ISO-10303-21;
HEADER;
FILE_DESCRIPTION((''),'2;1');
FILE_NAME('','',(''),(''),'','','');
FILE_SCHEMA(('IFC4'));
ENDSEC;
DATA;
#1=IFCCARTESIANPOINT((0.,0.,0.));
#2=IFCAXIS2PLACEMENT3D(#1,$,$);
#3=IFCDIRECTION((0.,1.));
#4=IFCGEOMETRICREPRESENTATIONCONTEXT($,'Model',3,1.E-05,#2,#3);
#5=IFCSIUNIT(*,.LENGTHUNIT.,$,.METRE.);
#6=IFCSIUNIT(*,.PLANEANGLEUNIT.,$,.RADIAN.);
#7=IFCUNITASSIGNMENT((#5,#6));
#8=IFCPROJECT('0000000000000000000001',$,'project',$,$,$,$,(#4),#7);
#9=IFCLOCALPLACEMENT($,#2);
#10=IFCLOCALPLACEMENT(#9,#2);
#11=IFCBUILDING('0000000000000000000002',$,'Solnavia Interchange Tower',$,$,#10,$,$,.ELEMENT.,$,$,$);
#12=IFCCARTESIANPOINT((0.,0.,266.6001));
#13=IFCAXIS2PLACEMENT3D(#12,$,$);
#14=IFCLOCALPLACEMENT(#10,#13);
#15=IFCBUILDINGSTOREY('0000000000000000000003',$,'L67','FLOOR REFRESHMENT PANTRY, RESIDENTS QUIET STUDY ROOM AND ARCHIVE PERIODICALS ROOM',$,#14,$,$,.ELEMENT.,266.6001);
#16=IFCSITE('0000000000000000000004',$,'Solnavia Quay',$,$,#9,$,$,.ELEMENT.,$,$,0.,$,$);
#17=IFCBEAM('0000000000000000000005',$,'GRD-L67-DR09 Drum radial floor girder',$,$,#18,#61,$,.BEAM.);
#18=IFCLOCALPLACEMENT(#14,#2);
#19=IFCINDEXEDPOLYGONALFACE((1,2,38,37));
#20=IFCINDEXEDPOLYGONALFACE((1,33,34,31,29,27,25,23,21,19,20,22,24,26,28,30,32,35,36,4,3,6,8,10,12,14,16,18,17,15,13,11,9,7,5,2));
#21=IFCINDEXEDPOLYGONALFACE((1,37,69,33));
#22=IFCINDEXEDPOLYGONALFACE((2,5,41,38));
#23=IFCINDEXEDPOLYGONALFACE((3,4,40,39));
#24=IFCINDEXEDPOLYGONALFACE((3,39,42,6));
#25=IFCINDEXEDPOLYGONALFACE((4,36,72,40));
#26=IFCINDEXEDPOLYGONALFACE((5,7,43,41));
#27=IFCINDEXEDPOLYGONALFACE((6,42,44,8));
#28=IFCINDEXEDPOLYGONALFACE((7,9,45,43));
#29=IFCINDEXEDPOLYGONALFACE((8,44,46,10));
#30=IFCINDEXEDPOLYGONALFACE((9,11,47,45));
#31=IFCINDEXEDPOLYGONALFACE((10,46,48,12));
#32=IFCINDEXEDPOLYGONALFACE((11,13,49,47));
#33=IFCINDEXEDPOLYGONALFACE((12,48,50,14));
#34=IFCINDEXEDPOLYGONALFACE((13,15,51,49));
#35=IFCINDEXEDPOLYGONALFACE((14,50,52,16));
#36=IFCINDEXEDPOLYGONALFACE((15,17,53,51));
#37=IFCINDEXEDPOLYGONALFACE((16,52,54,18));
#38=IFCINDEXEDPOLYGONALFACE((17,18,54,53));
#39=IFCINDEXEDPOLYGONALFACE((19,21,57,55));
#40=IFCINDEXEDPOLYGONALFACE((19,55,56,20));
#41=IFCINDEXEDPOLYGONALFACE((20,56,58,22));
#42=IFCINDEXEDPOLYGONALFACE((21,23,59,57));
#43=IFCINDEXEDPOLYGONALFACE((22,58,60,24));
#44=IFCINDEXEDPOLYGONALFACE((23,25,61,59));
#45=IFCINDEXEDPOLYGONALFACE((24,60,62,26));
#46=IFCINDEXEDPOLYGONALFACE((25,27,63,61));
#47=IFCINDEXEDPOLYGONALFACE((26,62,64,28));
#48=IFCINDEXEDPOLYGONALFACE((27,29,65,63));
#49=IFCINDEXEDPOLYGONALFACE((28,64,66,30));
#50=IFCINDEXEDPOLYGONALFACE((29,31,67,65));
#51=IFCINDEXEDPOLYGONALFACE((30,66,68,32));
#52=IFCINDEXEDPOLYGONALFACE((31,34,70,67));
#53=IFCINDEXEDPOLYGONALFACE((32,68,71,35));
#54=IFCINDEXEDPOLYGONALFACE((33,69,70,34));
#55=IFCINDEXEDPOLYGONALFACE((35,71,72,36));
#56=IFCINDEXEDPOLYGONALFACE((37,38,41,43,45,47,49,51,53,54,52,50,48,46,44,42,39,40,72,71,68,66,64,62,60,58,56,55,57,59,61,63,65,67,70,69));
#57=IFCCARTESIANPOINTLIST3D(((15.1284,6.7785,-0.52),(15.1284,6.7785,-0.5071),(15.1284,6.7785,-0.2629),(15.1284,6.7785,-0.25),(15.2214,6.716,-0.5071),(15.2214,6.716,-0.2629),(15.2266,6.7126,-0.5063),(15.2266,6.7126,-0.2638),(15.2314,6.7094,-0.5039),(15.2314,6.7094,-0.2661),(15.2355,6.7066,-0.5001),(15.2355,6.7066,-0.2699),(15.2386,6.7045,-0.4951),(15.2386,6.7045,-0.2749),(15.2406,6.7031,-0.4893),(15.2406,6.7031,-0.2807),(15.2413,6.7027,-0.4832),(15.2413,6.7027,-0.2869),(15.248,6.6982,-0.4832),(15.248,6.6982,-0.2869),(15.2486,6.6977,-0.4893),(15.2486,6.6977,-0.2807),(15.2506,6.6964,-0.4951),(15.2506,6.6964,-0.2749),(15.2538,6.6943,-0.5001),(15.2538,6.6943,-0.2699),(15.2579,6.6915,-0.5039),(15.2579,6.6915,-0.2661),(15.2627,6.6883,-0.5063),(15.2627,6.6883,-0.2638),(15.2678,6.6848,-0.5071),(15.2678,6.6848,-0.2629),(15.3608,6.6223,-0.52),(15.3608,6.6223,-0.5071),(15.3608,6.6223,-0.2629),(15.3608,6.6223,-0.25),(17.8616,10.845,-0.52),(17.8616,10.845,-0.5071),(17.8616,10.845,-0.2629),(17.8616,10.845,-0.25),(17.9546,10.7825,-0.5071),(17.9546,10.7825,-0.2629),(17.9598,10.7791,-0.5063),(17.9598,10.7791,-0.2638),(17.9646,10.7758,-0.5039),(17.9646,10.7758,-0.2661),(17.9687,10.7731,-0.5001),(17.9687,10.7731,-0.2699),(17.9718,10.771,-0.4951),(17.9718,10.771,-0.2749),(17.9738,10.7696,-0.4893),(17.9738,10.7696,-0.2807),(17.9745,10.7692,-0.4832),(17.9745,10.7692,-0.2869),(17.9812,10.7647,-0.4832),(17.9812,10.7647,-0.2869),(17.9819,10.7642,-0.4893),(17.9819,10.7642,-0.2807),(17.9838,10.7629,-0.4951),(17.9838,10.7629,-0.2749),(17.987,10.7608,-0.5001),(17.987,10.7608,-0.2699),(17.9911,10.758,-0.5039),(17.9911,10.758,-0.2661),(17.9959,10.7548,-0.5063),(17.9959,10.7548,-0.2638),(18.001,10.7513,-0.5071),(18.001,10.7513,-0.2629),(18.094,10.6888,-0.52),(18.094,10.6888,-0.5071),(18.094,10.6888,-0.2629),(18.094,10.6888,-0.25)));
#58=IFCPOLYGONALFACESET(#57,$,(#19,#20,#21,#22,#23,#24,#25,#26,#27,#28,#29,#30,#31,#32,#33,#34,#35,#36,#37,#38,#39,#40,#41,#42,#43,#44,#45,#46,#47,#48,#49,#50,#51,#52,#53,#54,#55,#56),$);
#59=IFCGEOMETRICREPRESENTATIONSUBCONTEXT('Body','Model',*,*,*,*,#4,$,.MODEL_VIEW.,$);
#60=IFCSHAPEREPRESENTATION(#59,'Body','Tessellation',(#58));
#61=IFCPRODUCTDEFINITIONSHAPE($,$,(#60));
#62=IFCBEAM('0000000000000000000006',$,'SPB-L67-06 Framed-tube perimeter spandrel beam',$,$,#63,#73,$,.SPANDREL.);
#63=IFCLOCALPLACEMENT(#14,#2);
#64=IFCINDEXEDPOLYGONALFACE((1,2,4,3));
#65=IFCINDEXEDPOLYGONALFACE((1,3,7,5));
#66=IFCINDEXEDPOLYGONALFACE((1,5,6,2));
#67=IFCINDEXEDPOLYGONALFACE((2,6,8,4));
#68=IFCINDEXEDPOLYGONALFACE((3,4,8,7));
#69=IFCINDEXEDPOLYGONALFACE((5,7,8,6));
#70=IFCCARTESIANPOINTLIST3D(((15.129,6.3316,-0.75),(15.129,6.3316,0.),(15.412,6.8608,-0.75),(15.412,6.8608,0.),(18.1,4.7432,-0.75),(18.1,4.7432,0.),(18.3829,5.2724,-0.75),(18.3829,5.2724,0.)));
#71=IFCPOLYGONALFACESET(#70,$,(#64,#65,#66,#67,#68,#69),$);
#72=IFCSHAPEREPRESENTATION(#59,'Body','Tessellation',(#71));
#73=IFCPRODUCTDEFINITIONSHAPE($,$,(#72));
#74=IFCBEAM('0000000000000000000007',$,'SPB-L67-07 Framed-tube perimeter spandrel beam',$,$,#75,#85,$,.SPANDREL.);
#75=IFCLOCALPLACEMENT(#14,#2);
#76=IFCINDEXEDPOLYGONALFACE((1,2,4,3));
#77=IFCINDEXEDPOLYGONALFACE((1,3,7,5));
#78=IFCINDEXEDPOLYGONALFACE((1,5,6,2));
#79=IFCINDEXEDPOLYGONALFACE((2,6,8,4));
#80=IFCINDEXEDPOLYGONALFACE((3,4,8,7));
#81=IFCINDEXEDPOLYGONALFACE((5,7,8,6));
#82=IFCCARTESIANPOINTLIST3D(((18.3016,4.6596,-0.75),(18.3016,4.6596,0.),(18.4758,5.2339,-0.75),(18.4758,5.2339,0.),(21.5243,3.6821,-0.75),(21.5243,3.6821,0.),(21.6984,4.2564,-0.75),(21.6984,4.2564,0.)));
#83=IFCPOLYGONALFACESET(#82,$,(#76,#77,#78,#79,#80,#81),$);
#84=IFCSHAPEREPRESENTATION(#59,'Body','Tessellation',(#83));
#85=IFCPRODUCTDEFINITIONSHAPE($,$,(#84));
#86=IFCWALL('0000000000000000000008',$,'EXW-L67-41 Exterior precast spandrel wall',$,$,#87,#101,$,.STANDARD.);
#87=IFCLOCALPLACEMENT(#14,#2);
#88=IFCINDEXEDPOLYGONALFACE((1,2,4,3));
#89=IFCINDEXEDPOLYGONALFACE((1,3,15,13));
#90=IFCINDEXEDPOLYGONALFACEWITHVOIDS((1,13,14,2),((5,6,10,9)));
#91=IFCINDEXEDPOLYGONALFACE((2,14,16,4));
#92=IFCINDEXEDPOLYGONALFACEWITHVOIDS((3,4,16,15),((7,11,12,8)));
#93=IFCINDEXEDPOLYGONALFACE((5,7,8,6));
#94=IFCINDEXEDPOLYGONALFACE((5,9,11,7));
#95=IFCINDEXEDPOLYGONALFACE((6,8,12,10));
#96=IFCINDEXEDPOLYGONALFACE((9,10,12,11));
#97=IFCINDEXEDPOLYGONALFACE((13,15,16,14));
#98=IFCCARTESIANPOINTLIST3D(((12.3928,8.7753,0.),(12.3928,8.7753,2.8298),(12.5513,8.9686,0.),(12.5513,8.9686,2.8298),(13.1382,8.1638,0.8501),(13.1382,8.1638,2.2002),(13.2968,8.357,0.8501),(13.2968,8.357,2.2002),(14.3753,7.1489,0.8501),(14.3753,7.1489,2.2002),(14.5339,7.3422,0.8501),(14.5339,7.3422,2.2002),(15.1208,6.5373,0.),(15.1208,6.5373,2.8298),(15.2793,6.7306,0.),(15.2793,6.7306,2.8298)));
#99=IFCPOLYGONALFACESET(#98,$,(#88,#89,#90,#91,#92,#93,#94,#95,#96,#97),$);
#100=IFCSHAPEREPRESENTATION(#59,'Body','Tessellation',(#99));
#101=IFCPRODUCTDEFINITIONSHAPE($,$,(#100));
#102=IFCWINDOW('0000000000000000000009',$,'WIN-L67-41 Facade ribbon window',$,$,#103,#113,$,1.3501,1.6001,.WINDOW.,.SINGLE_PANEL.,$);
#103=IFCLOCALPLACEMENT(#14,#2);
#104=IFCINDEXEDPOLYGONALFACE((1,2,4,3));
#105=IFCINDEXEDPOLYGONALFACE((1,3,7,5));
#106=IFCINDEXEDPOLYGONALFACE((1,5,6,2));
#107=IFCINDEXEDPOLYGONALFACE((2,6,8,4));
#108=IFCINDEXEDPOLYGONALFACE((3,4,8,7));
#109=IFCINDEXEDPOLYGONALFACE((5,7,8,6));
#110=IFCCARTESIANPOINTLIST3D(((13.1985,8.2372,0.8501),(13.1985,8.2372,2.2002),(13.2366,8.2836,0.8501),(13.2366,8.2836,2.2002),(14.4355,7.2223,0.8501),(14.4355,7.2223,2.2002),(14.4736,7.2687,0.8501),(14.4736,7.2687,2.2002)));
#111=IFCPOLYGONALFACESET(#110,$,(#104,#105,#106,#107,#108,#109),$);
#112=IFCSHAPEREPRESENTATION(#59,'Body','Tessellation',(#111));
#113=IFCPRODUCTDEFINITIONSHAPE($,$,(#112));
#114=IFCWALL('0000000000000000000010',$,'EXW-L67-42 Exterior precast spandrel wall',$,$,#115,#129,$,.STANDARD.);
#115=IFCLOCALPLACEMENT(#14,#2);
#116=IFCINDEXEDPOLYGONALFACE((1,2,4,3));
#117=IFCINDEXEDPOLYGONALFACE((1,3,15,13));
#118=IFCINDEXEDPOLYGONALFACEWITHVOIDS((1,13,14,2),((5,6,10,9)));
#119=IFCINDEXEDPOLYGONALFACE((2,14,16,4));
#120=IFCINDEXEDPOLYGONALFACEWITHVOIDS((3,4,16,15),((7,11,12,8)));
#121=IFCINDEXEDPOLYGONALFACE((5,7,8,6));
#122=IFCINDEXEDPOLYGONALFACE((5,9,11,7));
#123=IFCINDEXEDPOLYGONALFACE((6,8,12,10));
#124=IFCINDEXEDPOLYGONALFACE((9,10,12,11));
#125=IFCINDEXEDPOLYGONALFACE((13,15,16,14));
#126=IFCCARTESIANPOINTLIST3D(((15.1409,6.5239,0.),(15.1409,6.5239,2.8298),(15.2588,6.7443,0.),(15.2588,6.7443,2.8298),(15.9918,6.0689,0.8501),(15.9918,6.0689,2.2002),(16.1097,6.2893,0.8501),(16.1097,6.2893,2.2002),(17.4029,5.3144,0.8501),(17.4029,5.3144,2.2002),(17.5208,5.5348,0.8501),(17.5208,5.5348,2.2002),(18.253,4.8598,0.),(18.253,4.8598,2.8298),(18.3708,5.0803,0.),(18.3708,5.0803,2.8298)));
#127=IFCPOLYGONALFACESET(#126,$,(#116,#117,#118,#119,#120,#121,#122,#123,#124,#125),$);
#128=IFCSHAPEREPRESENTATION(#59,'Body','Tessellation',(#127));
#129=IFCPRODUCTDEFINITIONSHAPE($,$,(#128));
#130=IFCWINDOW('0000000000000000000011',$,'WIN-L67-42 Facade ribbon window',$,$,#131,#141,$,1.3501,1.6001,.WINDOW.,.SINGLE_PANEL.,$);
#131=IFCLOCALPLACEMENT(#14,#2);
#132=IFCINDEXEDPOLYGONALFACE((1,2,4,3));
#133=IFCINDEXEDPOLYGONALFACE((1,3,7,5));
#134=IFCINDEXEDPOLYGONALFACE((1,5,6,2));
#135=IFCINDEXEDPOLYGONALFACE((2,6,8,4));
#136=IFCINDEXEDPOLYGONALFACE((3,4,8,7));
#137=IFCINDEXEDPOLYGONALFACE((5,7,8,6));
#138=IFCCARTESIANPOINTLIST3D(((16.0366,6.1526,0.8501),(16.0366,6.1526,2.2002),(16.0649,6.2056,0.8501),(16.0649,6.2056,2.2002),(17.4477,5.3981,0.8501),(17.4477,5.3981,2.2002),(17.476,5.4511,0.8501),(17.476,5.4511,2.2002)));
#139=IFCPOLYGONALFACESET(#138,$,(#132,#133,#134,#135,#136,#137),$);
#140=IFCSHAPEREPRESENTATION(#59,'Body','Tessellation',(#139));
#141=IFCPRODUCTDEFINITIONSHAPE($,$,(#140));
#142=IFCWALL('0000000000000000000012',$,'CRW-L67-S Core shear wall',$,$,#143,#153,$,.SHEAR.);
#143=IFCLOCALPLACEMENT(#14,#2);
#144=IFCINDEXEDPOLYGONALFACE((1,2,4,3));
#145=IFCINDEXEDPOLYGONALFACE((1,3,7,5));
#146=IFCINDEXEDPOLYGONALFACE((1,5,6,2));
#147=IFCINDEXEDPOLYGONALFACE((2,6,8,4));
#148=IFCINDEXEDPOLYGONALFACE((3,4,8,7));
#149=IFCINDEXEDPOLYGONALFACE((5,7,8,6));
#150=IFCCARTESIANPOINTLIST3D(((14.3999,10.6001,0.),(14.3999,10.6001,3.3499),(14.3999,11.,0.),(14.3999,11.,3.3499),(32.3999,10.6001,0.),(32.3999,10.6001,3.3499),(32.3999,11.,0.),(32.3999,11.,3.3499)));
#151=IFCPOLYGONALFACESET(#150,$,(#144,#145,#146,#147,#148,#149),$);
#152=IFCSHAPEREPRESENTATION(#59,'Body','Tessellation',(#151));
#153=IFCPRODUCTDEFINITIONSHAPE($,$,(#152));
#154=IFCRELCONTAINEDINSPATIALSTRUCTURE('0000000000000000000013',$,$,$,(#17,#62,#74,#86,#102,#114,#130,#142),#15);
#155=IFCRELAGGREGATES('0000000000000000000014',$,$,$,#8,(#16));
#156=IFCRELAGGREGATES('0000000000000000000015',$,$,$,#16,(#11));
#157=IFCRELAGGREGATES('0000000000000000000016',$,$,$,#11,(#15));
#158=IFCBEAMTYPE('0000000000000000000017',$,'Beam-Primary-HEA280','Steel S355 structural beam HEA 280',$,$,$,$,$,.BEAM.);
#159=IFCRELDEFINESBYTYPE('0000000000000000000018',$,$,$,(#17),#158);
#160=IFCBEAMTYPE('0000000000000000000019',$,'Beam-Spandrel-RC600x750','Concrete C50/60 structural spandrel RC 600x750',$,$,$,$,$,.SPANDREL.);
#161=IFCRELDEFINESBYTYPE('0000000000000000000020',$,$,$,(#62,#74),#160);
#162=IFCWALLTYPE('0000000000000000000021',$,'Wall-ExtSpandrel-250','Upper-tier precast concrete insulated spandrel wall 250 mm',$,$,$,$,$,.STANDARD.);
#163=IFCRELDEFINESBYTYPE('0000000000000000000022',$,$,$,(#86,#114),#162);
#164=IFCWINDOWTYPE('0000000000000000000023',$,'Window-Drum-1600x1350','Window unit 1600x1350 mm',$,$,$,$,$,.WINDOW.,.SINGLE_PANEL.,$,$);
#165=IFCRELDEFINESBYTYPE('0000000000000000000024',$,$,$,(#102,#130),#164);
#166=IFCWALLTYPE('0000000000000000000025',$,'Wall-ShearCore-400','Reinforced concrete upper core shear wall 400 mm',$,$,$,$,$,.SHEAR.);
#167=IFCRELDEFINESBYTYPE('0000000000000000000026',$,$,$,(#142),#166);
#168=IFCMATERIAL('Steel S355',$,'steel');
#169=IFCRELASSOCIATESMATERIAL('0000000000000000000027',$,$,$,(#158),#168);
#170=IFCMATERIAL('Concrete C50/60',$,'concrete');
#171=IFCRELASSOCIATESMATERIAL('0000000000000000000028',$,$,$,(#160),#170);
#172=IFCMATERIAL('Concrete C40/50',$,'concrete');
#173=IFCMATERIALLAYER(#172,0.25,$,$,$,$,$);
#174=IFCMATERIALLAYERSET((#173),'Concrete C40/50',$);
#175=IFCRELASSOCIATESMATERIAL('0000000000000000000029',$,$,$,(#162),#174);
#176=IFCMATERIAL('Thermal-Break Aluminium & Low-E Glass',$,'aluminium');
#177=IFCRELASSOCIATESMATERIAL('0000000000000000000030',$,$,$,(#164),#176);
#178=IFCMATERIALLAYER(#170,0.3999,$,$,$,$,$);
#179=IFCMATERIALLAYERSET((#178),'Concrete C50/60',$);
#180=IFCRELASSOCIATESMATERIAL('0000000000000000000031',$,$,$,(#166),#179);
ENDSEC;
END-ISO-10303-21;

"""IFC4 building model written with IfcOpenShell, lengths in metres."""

from ifc_helpers import new_model, si_unit, direction, frame, frame_2d, origin, origin_2d, place, context, subcontext, project, spatial, rectangle, i_section, extrude, material, layer, layer_set, material_profile, profile_set, type_object, element, fill, save


model = new_model("IFC4")

# Units and contexts
model_context = context("Model", 3, precision=1e-05, world=origin(), true_north=direction((0.0, 1.0)))
body_context = subcontext(model_context, "Body", "Model", "MODEL_VIEW")
ifc_project = project(units=[si_unit("LENGTHUNIT", "METRE"), si_unit("PLANEANGLEUNIT", "RADIAN")], contexts=[model_context])

# Site, building, storey
site_placement = place(None, origin())
site = spatial("IfcSite", under=ifc_project, at=site_placement, Name="Solnavia Quay", CompositionType="ELEMENT", RefElevation=0.0)
building_placement = place(site_placement, origin())
building = spatial("IfcBuilding", under=site, at=building_placement, Name="Solnavia Interchange Tower", CompositionType="ELEMENT")
storey_placement = place(building_placement, frame((0.0, 0.0, 266.6001)))
storey = spatial("IfcBuildingStorey", under=building, at=storey_placement, Name="L67", Description="FLOOR REFRESHMENT PANTRY, RESIDENTS QUIET STUDY ROOM AND ARCHIVE PERIODICALS ROOM", CompositionType="ELEMENT", Elevation=266.6001)

# Shared definitions
ifc_material_1 = material(Name="Concrete C50/60", Category="concrete")

# Beams
ifc_material_2 = material(Name="Steel S355", Category="steel")
ifc_material_profile_1 = material_profile(ifc_material_2, i_section(OverallWidth=0.28, OverallDepth=0.27, WebThickness=0.0081, FlangeThickness=0.0129, FilletRadius=0.0239, at=origin_2d()), Name="HEA 280")
ifc_profile_set_1 = profile_set([ifc_material_profile_1], Name="Steel S355")
beam_type_1 = type_object("IfcBeamType", Name="Beam-Primary-HEA280", Description="Steel S355 structural beam HEA 280", PredefinedType="BEAM", material=ifc_profile_set_1)
beam_1_placement = place(storey_placement, frame((15.2446, 6.7004, -0.385), z_axis=(0.557835, 0.829952, 0.0), x_axis=(-0.829952, 0.557835, 0.0)))
element("IfcBeam", 1, at=beam_1_placement, inside=storey, type_object=beam_type_1, Name="GRD-L67-DR09 Drum radial floor girder", PredefinedType="BEAM", context=body_context, shape_type="SweptSolid", body=[
    extrude(i_section(OverallWidth=0.28, OverallDepth=0.27, WebThickness=0.0081, FlangeThickness=0.0129, FilletRadius=0.0239, at=origin_2d()), origin(), (0.0, 0.0, 1.0), 4.8997),
])
ifc_material_profile_2 = material_profile(ifc_material_1, rectangle(XDim=0.6001, YDim=0.75, at=origin_2d()), Name="RC 600x750")
ifc_profile_set_2 = profile_set([ifc_material_profile_2], Name="Concrete C50/60")
beam_type_2 = type_object("IfcBeamType", Name="Beam-Spandrel-RC600x750", Description="Concrete C50/60 structural spandrel RC 600x750", PredefinedType="SPANDREL", material=ifc_profile_set_2)
beam_2_placement = place(storey_placement, frame((15.2705, 6.5962, -0.375), z_axis=(0.881875, -0.471483, 0.0), x_axis=(0.471483, 0.881875, 0.0)))
element("IfcBeam", 2, at=beam_2_placement, inside=storey, type_object=beam_type_2, Name="SPB-L67-06 Framed-tube perimeter spandrel beam", PredefinedType="SPANDREL", context=body_context, shape_type="SweptSolid", body=[
    extrude(rectangle(XDim=0.6001, YDim=0.75, at=origin_2d()), origin(), (0.0, 0.0, 1.0), 3.3689),
])
beam_3_placement = place(storey_placement, frame((18.3887, 4.9468, -0.375), z_axis=(0.956944, -0.290273, 0.0), x_axis=(0.290273, 0.956944, 0.0)))
element("IfcBeam", 3, at=beam_3_placement, inside=storey, type_object=beam_type_2, Name="SPB-L67-07 Framed-tube perimeter spandrel beam", PredefinedType="SPANDREL", context=body_context, shape_type="SweptSolid", body=[
    extrude(rectangle(XDim=0.6001, YDim=0.75, at=origin_2d()), origin(), (0.0, 0.0, 1.0), 3.3677),
])

# Walls, openings, windows
ifc_material_3 = material(Name="Concrete C40/50", Category="concrete")
ifc_layer_1 = layer(ifc_material_3, 0.25)
ifc_layer_set_1 = layer_set([ifc_layer_1], Name="Concrete C40/50")
wall_type_1 = type_object("IfcWallType", Name="Wall-ExtSpandrel-250", Description="Upper-tier precast concrete insulated spandrel wall 250 mm", PredefinedType="STANDARD", material=ifc_layer_set_1)
wall_1_placement = place(storey_placement, frame((15.2, 6.634, 0.0), z_axis=(0.0, 0.0, 1.0), x_axis=(-0.773121, 0.634258, 0.0)))
wall_1 = element("IfcWall", 4, at=wall_1_placement, inside=storey, type_object=wall_type_1, Name="EXW-L67-41 Exterior precast spandrel wall", PredefinedType="STANDARD", context=body_context, shape_type="SweptSolid", body=[
    extrude(rectangle(XDim=3.5286, YDim=0.25, at=frame_2d((1.7642, 0.0))), origin(), (0.0, 0.0, 1.0), 2.8298),
])
opening_1_placement = place(wall_1_placement, frame((0.9641, 0.0, 0.8501)))
opening_1 = element("IfcOpeningElement", 5, at=opening_1_placement, cuts=wall_1, PredefinedType="OPENING", context=body_context, shape_type="SweptSolid", body=[
    extrude(rectangle(XDim=1.6001, YDim=1.3501, at=frame_2d((0.8, 0.675))), frame((0.0, 0.135, 0.0), z_axis=(0.0, -1.0, 0.0), x_axis=(1.0, 0.0, 0.0)), (0.0, 0.0, 1.0), 0.27),
])
ifc_material_4 = material(Name="Thermal-Break Aluminium & Low-E Glass", Category="aluminium")
window_type = type_object("IfcWindowType", Name="Window-Drum-1600x1350", Description="Window unit 1600x1350 mm", PartitioningType="SINGLE_PANEL", PredefinedType="WINDOW", material=ifc_material_4)
window_1_placement = place(opening_1_placement, origin())
window_1 = element("IfcWindow", 6, at=window_1_placement, inside=storey, type_object=window_type, Name="WIN-L67-41 Facade ribbon window", OverallHeight=1.3501, OverallWidth=1.6001, PartitioningType="SINGLE_PANEL", PredefinedType="WINDOW", context=body_context, shape_type="SweptSolid", body=[
    extrude(rectangle(XDim=1.6001, YDim=1.3501, at=frame_2d((0.8, 0.675))), frame((0.0, 0.03, 0.0), z_axis=(0.0, -1.0, 0.0), x_axis=(1.0, 0.0, 0.0)), (0.0, 0.0, 1.0), 0.0601),
])
fill(opening_1, window_1)
wall_2_placement = place(storey_placement, frame((18.312, 4.97, 0.0), z_axis=(0.0, 0.0, 1.0), x_axis=(-0.881847, 0.471536, 0.0)))
wall_2 = element("IfcWall", 7, at=wall_2_placement, inside=storey, type_object=wall_type_1, Name="EXW-L67-42 Exterior precast spandrel wall", PredefinedType="STANDARD", context=body_context, shape_type="SweptSolid", body=[
    extrude(rectangle(XDim=3.5291, YDim=0.25, at=frame_2d((1.7646, 0.0))), origin(), (0.0, 0.0, 1.0), 2.8298),
])
opening_2_placement = place(wall_2_placement, frame((0.9641, 0.0, 0.8501)))
opening_2 = element("IfcOpeningElement", 8, at=opening_2_placement, cuts=wall_2, PredefinedType="OPENING", context=body_context, shape_type="SweptSolid", body=[
    extrude(rectangle(XDim=1.6001, YDim=1.3501, at=frame_2d((0.8, 0.675))), frame((0.0, 0.135, 0.0), z_axis=(0.0, -1.0, 0.0), x_axis=(1.0, 0.0, 0.0)), (0.0, 0.0, 1.0), 0.27),
])
window_2_placement = place(opening_2_placement, origin())
window_2 = element("IfcWindow", 9, at=window_2_placement, inside=storey, type_object=window_type, Name="WIN-L67-42 Facade ribbon window", OverallHeight=1.3501, OverallWidth=1.6001, PartitioningType="SINGLE_PANEL", PredefinedType="WINDOW", context=body_context, shape_type="SweptSolid", body=[
    extrude(rectangle(XDim=1.6001, YDim=1.3501, at=frame_2d((0.8, 0.675))), frame((0.0, 0.03, 0.0), z_axis=(0.0, -1.0, 0.0), x_axis=(1.0, 0.0, 0.0)), (0.0, 0.0, 1.0), 0.0601),
])
fill(opening_2, window_2)

# Wall
ifc_layer_2 = layer(ifc_material_1, 0.3999)
ifc_layer_set_2 = layer_set([ifc_layer_2], Name="Concrete C50/60")
wall_type_2 = type_object("IfcWallType", Name="Wall-ShearCore-400", Description="Reinforced concrete upper core shear wall 400 mm", PredefinedType="SHEAR", material=ifc_layer_set_2)
wall_3_placement = place(storey_placement, frame((14.3999, 10.8, 0.0), z_axis=(0.0, 0.0, 1.0), x_axis=(1.0, 0.0, 0.0)))
element("IfcWall", 10, at=wall_3_placement, inside=storey, type_object=wall_type_2, Name="CRW-L67-S Core shear wall", PredefinedType="SHEAR", context=body_context, shape_type="SweptSolid", body=[
    extrude(rectangle(XDim=18.0, YDim=0.3999, at=frame_2d((9.0, 0.0))), origin(), (0.0, 0.0, 1.0), 3.3499),
])

save(model, "model.ifc")
